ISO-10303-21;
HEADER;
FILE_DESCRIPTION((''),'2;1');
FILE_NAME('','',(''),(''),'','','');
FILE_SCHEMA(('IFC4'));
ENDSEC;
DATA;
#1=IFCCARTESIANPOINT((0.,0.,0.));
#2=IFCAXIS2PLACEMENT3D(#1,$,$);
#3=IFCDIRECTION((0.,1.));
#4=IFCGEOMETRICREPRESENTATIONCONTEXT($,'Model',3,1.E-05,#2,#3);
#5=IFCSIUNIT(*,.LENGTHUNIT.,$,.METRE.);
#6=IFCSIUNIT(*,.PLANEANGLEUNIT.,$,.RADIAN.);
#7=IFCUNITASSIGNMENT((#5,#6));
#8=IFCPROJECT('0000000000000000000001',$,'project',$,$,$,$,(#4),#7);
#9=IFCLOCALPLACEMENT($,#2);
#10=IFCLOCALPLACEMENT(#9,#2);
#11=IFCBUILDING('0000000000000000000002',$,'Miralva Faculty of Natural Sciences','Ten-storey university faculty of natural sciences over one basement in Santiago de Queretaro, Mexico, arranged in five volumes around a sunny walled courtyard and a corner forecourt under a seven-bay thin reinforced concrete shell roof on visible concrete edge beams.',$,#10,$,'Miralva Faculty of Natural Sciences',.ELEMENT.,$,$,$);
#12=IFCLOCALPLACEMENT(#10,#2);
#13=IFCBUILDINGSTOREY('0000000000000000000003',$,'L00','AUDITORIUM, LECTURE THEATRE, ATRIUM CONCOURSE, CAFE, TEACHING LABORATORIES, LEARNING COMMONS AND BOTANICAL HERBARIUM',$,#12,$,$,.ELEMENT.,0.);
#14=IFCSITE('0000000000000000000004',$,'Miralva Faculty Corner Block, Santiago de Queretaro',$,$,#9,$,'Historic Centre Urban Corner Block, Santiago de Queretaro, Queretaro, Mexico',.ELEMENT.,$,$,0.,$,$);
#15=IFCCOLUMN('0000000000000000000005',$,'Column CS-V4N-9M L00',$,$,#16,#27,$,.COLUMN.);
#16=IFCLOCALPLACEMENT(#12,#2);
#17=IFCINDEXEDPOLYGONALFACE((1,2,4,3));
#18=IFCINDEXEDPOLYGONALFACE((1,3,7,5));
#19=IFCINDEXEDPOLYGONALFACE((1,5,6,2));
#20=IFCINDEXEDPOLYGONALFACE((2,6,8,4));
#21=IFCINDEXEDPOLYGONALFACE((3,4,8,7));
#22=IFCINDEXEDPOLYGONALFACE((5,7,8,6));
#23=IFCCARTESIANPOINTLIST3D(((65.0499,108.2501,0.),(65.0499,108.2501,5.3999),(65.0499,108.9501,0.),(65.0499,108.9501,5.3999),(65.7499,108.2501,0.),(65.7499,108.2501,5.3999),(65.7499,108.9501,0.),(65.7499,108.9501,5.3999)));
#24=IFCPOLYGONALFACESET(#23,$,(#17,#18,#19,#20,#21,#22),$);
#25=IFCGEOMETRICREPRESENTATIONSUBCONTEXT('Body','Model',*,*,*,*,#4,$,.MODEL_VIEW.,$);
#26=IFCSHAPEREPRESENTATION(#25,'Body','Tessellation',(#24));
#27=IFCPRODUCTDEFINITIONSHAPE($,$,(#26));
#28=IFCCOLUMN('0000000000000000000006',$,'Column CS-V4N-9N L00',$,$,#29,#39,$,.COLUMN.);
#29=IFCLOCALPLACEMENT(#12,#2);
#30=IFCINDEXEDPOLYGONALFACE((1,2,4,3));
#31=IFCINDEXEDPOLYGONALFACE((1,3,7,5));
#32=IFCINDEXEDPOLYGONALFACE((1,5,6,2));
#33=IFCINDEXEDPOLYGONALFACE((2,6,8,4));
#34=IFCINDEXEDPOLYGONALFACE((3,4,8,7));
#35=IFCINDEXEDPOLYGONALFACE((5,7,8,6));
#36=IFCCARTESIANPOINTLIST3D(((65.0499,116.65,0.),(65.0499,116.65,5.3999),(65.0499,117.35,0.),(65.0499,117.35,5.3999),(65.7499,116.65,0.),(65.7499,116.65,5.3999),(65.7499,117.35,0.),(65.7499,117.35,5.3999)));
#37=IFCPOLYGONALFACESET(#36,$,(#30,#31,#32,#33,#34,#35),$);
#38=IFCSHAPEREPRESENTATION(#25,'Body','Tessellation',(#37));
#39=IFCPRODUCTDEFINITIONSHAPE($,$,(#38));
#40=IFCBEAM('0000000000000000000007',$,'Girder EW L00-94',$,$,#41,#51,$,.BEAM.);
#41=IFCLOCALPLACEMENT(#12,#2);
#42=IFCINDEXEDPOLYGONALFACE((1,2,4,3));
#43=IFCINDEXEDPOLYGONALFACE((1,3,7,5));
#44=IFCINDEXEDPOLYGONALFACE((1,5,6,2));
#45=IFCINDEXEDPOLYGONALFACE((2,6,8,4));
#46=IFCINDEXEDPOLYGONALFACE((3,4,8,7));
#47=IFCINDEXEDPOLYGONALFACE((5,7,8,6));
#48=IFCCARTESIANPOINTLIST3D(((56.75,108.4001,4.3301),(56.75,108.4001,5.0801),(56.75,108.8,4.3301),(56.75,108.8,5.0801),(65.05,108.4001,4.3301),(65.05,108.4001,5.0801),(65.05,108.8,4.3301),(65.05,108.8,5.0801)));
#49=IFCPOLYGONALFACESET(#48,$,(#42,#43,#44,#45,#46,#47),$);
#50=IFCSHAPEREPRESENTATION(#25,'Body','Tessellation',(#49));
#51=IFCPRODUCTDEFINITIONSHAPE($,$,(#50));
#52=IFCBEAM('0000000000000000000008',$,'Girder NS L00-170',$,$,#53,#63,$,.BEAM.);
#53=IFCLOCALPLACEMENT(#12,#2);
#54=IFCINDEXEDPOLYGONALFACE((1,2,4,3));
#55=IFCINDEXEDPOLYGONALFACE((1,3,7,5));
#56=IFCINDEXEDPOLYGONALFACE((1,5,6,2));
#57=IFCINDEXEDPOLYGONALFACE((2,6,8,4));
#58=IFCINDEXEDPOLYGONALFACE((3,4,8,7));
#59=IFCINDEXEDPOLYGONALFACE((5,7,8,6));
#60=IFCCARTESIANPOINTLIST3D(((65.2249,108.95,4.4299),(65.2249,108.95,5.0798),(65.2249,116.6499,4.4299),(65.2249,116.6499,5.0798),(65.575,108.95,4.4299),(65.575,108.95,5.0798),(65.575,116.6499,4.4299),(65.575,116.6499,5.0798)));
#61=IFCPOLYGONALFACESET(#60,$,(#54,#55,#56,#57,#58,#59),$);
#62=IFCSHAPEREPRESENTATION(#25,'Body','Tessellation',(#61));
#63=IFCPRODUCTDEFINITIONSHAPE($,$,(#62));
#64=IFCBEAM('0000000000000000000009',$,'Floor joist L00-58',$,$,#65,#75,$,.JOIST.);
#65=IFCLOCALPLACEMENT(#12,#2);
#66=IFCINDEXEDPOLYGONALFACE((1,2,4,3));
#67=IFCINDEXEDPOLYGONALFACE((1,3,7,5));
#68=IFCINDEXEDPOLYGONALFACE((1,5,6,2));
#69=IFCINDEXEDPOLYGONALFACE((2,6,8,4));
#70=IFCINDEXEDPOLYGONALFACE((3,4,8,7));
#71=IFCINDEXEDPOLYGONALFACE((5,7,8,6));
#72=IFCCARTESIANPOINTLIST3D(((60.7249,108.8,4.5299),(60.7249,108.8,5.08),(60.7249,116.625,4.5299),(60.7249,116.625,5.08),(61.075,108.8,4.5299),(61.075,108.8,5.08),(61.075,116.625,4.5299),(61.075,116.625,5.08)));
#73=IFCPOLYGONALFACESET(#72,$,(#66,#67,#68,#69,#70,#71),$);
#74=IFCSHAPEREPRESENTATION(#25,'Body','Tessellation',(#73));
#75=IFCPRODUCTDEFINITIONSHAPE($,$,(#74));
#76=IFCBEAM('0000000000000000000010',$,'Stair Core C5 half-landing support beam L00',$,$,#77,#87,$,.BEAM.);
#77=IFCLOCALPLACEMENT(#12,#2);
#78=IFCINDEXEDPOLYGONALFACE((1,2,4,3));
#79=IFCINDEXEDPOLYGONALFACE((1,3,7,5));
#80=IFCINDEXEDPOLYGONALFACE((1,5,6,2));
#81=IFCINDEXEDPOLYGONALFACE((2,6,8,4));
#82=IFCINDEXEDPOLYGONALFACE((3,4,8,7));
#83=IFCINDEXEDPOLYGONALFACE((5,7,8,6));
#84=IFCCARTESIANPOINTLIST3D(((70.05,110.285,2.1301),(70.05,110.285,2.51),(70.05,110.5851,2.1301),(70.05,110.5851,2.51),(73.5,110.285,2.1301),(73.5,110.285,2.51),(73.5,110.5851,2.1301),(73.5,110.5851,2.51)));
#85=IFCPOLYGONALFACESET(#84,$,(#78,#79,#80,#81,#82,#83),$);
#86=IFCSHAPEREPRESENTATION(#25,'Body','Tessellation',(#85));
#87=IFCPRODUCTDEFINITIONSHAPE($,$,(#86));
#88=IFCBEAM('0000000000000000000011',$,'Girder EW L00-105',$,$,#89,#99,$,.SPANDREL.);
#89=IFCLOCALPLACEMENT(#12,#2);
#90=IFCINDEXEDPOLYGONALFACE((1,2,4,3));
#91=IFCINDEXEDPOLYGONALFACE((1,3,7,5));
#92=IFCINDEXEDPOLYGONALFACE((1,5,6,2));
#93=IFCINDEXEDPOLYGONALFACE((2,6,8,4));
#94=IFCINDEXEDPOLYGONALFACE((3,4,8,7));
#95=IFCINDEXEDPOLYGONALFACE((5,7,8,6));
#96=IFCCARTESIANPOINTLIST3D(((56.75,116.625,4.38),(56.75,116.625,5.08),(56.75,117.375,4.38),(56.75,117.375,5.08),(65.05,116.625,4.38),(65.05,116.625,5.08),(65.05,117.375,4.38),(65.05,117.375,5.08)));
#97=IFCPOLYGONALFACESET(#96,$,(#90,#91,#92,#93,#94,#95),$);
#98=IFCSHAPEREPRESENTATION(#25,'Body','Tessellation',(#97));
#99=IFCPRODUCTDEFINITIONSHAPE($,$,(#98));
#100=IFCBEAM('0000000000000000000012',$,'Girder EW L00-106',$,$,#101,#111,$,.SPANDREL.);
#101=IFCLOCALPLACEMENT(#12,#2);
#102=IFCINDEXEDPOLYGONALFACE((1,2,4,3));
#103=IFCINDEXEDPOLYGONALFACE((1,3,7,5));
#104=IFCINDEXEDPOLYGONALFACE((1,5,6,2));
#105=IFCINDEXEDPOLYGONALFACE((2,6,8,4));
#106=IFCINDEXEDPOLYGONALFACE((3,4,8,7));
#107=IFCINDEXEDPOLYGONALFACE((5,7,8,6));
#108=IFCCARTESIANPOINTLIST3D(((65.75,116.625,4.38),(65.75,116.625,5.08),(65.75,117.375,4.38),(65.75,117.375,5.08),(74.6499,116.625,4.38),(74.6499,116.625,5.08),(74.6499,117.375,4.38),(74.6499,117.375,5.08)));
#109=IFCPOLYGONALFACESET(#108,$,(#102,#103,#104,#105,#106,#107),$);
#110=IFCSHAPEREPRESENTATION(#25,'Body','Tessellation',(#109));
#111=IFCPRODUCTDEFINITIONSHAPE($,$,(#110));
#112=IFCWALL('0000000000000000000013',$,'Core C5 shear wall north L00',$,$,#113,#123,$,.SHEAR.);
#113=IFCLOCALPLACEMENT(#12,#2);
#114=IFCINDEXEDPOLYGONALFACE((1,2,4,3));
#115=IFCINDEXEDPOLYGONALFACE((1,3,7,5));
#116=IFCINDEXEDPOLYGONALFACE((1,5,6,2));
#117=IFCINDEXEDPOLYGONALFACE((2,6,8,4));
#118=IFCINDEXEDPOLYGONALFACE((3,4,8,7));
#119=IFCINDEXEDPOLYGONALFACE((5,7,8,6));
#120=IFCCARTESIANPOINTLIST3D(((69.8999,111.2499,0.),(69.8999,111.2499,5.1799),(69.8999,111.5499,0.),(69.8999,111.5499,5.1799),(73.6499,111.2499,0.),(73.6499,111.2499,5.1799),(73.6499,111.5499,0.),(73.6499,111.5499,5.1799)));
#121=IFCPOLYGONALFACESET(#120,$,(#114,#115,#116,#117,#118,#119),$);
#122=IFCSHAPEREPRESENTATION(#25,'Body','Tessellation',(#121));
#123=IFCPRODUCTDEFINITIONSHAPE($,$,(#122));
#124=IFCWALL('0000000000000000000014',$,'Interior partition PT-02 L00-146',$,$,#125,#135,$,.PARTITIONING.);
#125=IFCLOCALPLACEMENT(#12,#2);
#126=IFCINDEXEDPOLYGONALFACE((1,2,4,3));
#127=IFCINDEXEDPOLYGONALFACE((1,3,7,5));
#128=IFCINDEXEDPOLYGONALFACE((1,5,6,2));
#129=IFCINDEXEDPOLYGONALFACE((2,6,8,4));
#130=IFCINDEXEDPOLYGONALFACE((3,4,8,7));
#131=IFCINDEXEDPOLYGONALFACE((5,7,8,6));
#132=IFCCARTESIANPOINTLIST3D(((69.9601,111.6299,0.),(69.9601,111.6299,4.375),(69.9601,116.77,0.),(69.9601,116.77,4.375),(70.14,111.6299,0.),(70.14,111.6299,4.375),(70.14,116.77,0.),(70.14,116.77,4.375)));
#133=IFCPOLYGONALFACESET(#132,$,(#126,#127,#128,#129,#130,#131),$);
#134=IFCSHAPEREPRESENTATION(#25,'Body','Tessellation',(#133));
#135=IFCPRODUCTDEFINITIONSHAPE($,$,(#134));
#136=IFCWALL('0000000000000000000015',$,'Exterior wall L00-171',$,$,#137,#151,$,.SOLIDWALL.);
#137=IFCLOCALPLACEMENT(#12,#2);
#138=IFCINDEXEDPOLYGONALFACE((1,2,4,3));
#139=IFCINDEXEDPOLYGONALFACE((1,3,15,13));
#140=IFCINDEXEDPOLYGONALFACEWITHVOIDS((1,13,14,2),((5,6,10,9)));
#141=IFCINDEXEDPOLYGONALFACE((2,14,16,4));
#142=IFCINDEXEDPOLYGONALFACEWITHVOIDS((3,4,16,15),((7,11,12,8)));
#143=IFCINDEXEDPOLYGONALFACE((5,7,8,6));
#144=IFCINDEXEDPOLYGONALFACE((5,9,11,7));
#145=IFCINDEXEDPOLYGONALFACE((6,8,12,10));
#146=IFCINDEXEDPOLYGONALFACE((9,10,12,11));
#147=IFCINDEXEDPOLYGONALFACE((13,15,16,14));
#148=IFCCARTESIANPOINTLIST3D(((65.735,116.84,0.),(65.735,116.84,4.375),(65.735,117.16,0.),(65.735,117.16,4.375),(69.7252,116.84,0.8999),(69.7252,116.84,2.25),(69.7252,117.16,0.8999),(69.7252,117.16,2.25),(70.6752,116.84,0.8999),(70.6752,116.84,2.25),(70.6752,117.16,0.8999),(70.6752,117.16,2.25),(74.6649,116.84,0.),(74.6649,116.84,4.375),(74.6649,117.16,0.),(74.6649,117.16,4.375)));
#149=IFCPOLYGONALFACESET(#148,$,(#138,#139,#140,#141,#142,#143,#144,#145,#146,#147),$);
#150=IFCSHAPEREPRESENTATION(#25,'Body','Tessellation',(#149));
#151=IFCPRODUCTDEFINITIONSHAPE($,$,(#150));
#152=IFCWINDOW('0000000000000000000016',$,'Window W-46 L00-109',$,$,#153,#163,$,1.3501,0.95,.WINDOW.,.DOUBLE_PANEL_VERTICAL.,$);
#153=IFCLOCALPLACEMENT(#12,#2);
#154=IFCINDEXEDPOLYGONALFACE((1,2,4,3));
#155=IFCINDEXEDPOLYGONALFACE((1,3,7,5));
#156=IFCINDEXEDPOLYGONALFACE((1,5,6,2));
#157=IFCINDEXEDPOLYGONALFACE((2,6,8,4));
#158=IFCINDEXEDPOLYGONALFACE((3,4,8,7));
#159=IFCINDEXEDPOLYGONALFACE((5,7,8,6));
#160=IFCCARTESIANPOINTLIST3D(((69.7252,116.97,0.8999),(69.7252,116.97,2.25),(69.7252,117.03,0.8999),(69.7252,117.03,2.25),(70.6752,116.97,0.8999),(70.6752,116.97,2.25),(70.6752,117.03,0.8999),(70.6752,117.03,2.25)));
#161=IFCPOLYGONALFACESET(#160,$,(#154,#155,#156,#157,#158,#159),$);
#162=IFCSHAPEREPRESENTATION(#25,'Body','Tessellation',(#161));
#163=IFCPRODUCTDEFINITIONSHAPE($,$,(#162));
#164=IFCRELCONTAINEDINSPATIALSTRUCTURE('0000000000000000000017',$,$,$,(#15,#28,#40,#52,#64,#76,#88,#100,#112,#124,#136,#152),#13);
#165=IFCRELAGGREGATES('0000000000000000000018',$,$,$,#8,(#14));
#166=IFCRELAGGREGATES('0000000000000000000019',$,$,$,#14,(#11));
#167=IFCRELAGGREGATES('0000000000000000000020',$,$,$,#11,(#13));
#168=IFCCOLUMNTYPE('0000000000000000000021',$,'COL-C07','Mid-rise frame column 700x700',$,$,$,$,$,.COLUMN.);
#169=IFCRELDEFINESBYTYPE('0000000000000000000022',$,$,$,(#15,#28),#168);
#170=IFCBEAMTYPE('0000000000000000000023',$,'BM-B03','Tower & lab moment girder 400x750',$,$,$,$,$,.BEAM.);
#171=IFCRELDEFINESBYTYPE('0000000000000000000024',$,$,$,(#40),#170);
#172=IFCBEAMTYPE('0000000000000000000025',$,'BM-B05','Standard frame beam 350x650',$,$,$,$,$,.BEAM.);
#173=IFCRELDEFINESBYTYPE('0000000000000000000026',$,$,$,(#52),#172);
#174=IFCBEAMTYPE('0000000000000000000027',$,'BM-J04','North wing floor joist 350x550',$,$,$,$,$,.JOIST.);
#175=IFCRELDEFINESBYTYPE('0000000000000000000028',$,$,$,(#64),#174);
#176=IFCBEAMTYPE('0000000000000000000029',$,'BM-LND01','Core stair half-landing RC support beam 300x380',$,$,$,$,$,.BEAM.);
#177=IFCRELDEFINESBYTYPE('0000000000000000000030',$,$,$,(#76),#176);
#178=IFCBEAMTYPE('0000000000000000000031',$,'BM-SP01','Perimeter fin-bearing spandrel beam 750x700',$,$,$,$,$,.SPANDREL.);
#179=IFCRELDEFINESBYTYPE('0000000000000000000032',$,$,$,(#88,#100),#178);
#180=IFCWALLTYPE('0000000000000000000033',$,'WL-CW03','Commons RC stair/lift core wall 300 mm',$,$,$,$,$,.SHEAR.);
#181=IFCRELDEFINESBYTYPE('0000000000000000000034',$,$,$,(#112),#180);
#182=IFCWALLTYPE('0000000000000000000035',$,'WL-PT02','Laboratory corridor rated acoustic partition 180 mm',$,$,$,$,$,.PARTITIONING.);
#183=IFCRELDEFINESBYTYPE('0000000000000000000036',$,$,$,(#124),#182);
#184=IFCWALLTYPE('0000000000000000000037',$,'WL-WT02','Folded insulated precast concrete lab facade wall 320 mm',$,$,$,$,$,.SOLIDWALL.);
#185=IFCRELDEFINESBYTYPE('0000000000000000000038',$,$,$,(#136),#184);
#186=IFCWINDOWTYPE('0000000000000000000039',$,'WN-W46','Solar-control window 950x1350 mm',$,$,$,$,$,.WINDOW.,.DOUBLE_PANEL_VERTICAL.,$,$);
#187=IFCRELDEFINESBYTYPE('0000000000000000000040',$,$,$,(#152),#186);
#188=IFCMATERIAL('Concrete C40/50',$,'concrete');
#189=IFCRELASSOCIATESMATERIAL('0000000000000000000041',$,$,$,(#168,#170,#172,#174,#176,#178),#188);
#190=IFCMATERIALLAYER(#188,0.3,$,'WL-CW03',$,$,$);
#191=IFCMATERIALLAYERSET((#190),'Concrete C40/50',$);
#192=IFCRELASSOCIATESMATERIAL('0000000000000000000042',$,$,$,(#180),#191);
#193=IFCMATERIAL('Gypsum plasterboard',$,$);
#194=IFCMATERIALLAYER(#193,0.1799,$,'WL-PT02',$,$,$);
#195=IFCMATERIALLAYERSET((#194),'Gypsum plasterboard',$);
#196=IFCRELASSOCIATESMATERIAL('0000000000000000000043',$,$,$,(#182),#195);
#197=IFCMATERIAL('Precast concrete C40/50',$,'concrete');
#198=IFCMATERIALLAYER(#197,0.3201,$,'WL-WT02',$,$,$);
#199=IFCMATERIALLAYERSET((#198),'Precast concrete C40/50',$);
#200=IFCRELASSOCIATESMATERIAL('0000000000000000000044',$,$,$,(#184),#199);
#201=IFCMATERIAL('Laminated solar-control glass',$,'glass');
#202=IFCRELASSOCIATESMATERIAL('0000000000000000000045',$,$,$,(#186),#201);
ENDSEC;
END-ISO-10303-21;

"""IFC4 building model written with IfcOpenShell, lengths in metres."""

from ifc_helpers import new_model, si_unit, direction, frame, frame_2d, origin, origin_2d, place, context, subcontext, project, spatial, rectangle, extrude, material, layer, layer_set, material_profile, profile_set, type_object, element, fill, save


model = new_model("IFC4")

# Units and contexts
model_context = context("Model", 3, precision=1e-05, world=origin(), true_north=direction((0.0, 1.0)))
body_context = subcontext(model_context, "Body", "Model", "MODEL_VIEW")
ifc_project = project(units=[si_unit("LENGTHUNIT", "METRE"), si_unit("PLANEANGLEUNIT", "RADIAN")], contexts=[model_context])

# Site, building, storey
site_placement = place(None, origin())
site = spatial("IfcSite", under=ifc_project, at=site_placement, Name="Miralva Faculty Corner Block, Santiago de Queretaro", LongName="Historic Centre Urban Corner Block, Santiago de Queretaro, Queretaro, Mexico", CompositionType="ELEMENT", RefElevation=0.0)
building_placement = place(site_placement, origin())
building = spatial("IfcBuilding", under=site, at=building_placement, Name="Miralva Faculty of Natural Sciences", Description="Ten-storey university faculty of natural sciences over one basement in Santiago de Queretaro, Mexico, arranged in five volumes around a sunny walled courtyard and a corner forecourt under a seven-bay thin reinforced concrete shell roof on visible concrete edge beams.", LongName="Miralva Faculty of Natural Sciences", CompositionType="ELEMENT")
storey_placement = place(building_placement, origin())
storey = spatial("IfcBuildingStorey", under=building, at=storey_placement, Name="L00", Description="AUDITORIUM, LECTURE THEATRE, ATRIUM CONCOURSE, CAFE, TEACHING LABORATORIES, LEARNING COMMONS AND BOTANICAL HERBARIUM", CompositionType="ELEMENT", Elevation=0.0)

# Columns
ifc_material_1 = material(Name="Concrete C40/50", Category="concrete")
ifc_material_profile_1 = material_profile(ifc_material_1, rectangle(XDim=0.7, YDim=0.7, at=origin_2d()), Name="RC 700x700")
ifc_profile_set_1 = profile_set([ifc_material_profile_1], Name="Concrete C40/50")
column_type = type_object("IfcColumnType", Name="COL-C07", Description="Mid-rise frame column 700x700", PredefinedType="COLUMN", material=ifc_profile_set_1)
for number, where, z_axis, x_axis, name in (
    (1, (65.3999, 108.6001, 0.0), (0.0, 0.0, 1.0), (1.0, 0.0, 0.0), "Column CS-V4N-9M L00"),
    (2, (65.3999, 117.0, 0.0), (0.0, 0.0, 1.0), (1.0, 0.0, 0.0), "Column CS-V4N-9N L00"),
):
    element("IfcColumn", number, at=place(storey_placement, frame(where, z_axis=z_axis, x_axis=x_axis)), inside=storey, type_object=column_type, Name=name, PredefinedType="COLUMN", context=body_context, shape_type="SweptSolid", body=[
        extrude(rectangle(XDim=0.7, YDim=0.7, at=origin_2d()), origin(), (0.0, 0.0, 1.0), 5.3999),
    ])

# Beams
ifc_material_profile_2 = material_profile(ifc_material_1, rectangle(XDim=0.3999, YDim=0.75, at=origin_2d()), Name="RC 400x750")
ifc_profile_set_2 = profile_set([ifc_material_profile_2], Name="Concrete C40/50")
beam_type_1 = type_object("IfcBeamType", Name="BM-B03", Description="Tower & lab moment girder 400x750", PredefinedType="BEAM", material=ifc_profile_set_2)
beam_1_placement = place(storey_placement, frame((56.75, 108.6001, 4.7051), z_axis=(1.0, 0.0, 0.0), x_axis=(0.0, 1.0, 0.0)))
element("IfcBeam", 3, at=beam_1_placement, inside=storey, type_object=beam_type_1, Name="Girder EW L00-94", PredefinedType="BEAM", context=body_context, shape_type="SweptSolid", body=[
    extrude(rectangle(XDim=0.3999, YDim=0.75, at=origin_2d()), origin(), (0.0, 0.0, 1.0), 8.3),
])
ifc_material_profile_3 = material_profile(ifc_material_1, rectangle(XDim=0.3501, YDim=0.6499, at=origin_2d()), Name="RC 350x650")
ifc_profile_set_3 = profile_set([ifc_material_profile_3], Name="Concrete C40/50")
beam_type_2 = type_object("IfcBeamType", Name="BM-B05", Description="Standard frame beam 350x650", PredefinedType="BEAM", material=ifc_profile_set_3)
beam_2_placement = place(storey_placement, frame((65.3999, 108.95, 4.7549), z_axis=(0.0, 1.0, 0.0), x_axis=(-1.0, 0.0, 0.0)))
element("IfcBeam", 4, at=beam_2_placement, inside=storey, type_object=beam_type_2, Name="Girder NS L00-170", PredefinedType="BEAM", context=body_context, shape_type="SweptSolid", body=[
    extrude(rectangle(XDim=0.3501, YDim=0.6499, at=origin_2d()), origin(), (0.0, 0.0, 1.0), 7.7),
])
ifc_material_profile_4 = material_profile(ifc_material_1, rectangle(XDim=0.3501, YDim=0.55, at=origin_2d()), Name="RC 350x550")
ifc_profile_set_4 = profile_set([ifc_material_profile_4], Name="Concrete C40/50")
beam_type_3 = type_object("IfcBeamType", Name="BM-J04", Description="North wing floor joist 350x550", PredefinedType="JOIST", material=ifc_profile_set_4)
beam_3_placement = place(storey_placement, frame((60.8999, 108.8, 4.8049), z_axis=(0.0, 1.0, 0.0), x_axis=(-1.0, 0.0, 0.0)))
element("IfcBeam", 5, at=beam_3_placement, inside=storey, type_object=beam_type_3, Name="Floor joist L00-58", PredefinedType="JOIST", context=body_context, shape_type="SweptSolid", body=[
    extrude(rectangle(XDim=0.3501, YDim=0.55, at=origin_2d()), origin(), (0.0, 0.0, 1.0), 7.825),
])
ifc_material_profile_5 = material_profile(ifc_material_1, rectangle(XDim=0.3, YDim=0.3799, at=origin_2d()), Name="RC 300x380")
ifc_profile_set_5 = profile_set([ifc_material_profile_5], Name="Concrete C40/50")
beam_type_4 = type_object("IfcBeamType", Name="BM-LND01", Description="Core stair half-landing RC support beam 300x380", PredefinedType="BEAM", material=ifc_profile_set_5)
beam_4_placement = place(storey_placement, frame((70.05, 110.4351, 2.3201), z_axis=(1.0, 0.0, 0.0), x_axis=(0.0, 1.0, 0.0)))
element("IfcBeam", 6, at=beam_4_placement, inside=storey, type_object=beam_type_4, Name="Stair Core C5 half-landing support beam L00", PredefinedType="BEAM", context=body_context, shape_type="SweptSolid", body=[
    extrude(rectangle(XDim=0.3, YDim=0.3799, at=origin_2d()), origin(), (0.0, 0.0, 1.0), 3.45),
])
ifc_material_profile_6 = material_profile(ifc_material_1, rectangle(XDim=0.75, YDim=0.7, at=origin_2d()), Name="RC 750x700")
ifc_profile_set_6 = profile_set([ifc_material_profile_6], Name="Concrete C40/50")
beam_type_5 = type_object("IfcBeamType", Name="BM-SP01", Description="Perimeter fin-bearing spandrel beam 750x700", PredefinedType="SPANDREL", material=ifc_profile_set_6)
beam_5_placement = place(storey_placement, frame((56.75, 117.0, 4.73), z_axis=(1.0, 0.0, 0.0), x_axis=(0.0, 1.0, 0.0)))
element("IfcBeam", 7, at=beam_5_placement, inside=storey, type_object=beam_type_5, Name="Girder EW L00-105", PredefinedType="SPANDREL", context=body_context, shape_type="SweptSolid", body=[
    extrude(rectangle(XDim=0.75, YDim=0.7, at=origin_2d()), origin(), (0.0, 0.0, 1.0), 8.3),
])
beam_6_placement = place(storey_placement, frame((65.75, 117.0, 4.73), z_axis=(1.0, 0.0, 0.0), x_axis=(0.0, 1.0, 0.0)))
element("IfcBeam", 8, at=beam_6_placement, inside=storey, type_object=beam_type_5, Name="Girder EW L00-106", PredefinedType="SPANDREL", context=body_context, shape_type="SweptSolid", body=[
    extrude(rectangle(XDim=0.75, YDim=0.7, at=origin_2d()), origin(), (0.0, 0.0, 1.0), 8.8999),
])

# Walls
ifc_layer_1 = layer(ifc_material_1, 0.3, Name="WL-CW03")
ifc_layer_set_1 = layer_set([ifc_layer_1], Name="Concrete C40/50")
wall_type_1 = type_object("IfcWallType", Name="WL-CW03", Description="Commons RC stair/lift core wall 300 mm", PredefinedType="SHEAR", material=ifc_layer_set_1)
wall_1_placement = place(storey_placement, frame((69.8999, 111.3999, 0.0), z_axis=(0.0, 0.0, 1.0), x_axis=(1.0, 0.0, 0.0)))
element("IfcWall", 9, at=wall_1_placement, inside=storey, type_object=wall_type_1, Name="Core C5 shear wall north L00", PredefinedType="SHEAR", context=body_context, shape_type="SweptSolid", body=[
    extrude(rectangle(XDim=3.75, YDim=0.3, at=frame_2d((1.875, 0.0))), origin(), (0.0, 0.0, 1.0), 5.1799),
])
ifc_material_2 = material(Name="Gypsum plasterboard")
ifc_layer_2 = layer(ifc_material_2, 0.1799, Name="WL-PT02")
ifc_layer_set_2 = layer_set([ifc_layer_2], Name="Gypsum plasterboard")
wall_type_2 = type_object("IfcWallType", Name="WL-PT02", Description="Laboratory corridor rated acoustic partition 180 mm", PredefinedType="PARTITIONING", material=ifc_layer_set_2)
wall_2_placement = place(storey_placement, frame((70.05, 111.6299, 0.0), z_axis=(0.0, 0.0, 1.0), x_axis=(0.0, 1.0, 0.0)))
element("IfcWall", 10, at=wall_2_placement, inside=storey, type_object=wall_type_2, Name="Interior partition PT-02 L00-146", PredefinedType="PARTITIONING", context=body_context, shape_type="SweptSolid", body=[
    extrude(rectangle(XDim=5.1401, YDim=0.1799, at=frame_2d((2.5701, 0.0))), origin(), (0.0, 0.0, 1.0), 4.375),
])

# Wall, opening, window
ifc_material_3 = material(Name="Precast concrete C40/50", Category="concrete")
ifc_layer_3 = layer(ifc_material_3, 0.3201, Name="WL-WT02")
ifc_layer_set_3 = layer_set([ifc_layer_3], Name="Precast concrete C40/50")
wall_type_3 = type_object("IfcWallType", Name="WL-WT02", Description="Folded insulated precast concrete lab facade wall 320 mm", PredefinedType="SOLIDWALL", material=ifc_layer_set_3)
wall_3_placement = place(storey_placement, frame((65.7351, 117.0, 0.0), z_axis=(0.0, 0.0, 1.0), x_axis=(1.0, 0.0, 0.0)))
wall_3 = element("IfcWall", 11, at=wall_3_placement, inside=storey, type_object=wall_type_3, Name="Exterior wall L00-171", PredefinedType="SOLIDWALL", context=body_context, shape_type="SweptSolid", body=[
    extrude(rectangle(XDim=8.9299, YDim=0.3201, at=frame_2d((4.4648, 0.0))), origin(), (0.0, 0.0, 1.0), 4.375),
])
opening_placement = place(wall_3_placement, frame((3.99, 0.0, 0.8999)))
opening = element("IfcOpeningElement", 12, at=opening_placement, cuts=wall_3, PredefinedType="OPENING", context=body_context, shape_type="SweptSolid", body=[
    extrude(rectangle(XDim=0.95, YDim=1.3501, at=frame_2d((0.4751, 0.675))), frame((0.0, 0.1699, 0.0), z_axis=(0.0, -1.0, 0.0), x_axis=(1.0, 0.0, 0.0)), (0.0, 0.0, 1.0), 0.3401),
])
ifc_material_4 = material(Name="Laminated solar-control glass", Category="glass")
window_type = type_object("IfcWindowType", Name="WN-W46", Description="Solar-control window 950x1350 mm", PartitioningType="DOUBLE_PANEL_VERTICAL", PredefinedType="WINDOW", material=ifc_material_4)
window_placement = place(opening_placement, origin())
window = element("IfcWindow", 13, at=window_placement, inside=storey, type_object=window_type, Name="Window W-46 L00-109", OverallHeight=1.3501, OverallWidth=0.95, PartitioningType="DOUBLE_PANEL_VERTICAL", PredefinedType="WINDOW", context=body_context, shape_type="SweptSolid", body=[
    extrude(rectangle(XDim=0.95, YDim=1.3501, at=frame_2d((0.4751, 0.675))), frame((0.0, 0.03, 0.0), z_axis=(0.0, -1.0, 0.0), x_axis=(1.0, 0.0, 0.0)), (0.0, 0.0, 1.0), 0.0601),
])
fill(opening, window)

save(model, "model.ifc")
